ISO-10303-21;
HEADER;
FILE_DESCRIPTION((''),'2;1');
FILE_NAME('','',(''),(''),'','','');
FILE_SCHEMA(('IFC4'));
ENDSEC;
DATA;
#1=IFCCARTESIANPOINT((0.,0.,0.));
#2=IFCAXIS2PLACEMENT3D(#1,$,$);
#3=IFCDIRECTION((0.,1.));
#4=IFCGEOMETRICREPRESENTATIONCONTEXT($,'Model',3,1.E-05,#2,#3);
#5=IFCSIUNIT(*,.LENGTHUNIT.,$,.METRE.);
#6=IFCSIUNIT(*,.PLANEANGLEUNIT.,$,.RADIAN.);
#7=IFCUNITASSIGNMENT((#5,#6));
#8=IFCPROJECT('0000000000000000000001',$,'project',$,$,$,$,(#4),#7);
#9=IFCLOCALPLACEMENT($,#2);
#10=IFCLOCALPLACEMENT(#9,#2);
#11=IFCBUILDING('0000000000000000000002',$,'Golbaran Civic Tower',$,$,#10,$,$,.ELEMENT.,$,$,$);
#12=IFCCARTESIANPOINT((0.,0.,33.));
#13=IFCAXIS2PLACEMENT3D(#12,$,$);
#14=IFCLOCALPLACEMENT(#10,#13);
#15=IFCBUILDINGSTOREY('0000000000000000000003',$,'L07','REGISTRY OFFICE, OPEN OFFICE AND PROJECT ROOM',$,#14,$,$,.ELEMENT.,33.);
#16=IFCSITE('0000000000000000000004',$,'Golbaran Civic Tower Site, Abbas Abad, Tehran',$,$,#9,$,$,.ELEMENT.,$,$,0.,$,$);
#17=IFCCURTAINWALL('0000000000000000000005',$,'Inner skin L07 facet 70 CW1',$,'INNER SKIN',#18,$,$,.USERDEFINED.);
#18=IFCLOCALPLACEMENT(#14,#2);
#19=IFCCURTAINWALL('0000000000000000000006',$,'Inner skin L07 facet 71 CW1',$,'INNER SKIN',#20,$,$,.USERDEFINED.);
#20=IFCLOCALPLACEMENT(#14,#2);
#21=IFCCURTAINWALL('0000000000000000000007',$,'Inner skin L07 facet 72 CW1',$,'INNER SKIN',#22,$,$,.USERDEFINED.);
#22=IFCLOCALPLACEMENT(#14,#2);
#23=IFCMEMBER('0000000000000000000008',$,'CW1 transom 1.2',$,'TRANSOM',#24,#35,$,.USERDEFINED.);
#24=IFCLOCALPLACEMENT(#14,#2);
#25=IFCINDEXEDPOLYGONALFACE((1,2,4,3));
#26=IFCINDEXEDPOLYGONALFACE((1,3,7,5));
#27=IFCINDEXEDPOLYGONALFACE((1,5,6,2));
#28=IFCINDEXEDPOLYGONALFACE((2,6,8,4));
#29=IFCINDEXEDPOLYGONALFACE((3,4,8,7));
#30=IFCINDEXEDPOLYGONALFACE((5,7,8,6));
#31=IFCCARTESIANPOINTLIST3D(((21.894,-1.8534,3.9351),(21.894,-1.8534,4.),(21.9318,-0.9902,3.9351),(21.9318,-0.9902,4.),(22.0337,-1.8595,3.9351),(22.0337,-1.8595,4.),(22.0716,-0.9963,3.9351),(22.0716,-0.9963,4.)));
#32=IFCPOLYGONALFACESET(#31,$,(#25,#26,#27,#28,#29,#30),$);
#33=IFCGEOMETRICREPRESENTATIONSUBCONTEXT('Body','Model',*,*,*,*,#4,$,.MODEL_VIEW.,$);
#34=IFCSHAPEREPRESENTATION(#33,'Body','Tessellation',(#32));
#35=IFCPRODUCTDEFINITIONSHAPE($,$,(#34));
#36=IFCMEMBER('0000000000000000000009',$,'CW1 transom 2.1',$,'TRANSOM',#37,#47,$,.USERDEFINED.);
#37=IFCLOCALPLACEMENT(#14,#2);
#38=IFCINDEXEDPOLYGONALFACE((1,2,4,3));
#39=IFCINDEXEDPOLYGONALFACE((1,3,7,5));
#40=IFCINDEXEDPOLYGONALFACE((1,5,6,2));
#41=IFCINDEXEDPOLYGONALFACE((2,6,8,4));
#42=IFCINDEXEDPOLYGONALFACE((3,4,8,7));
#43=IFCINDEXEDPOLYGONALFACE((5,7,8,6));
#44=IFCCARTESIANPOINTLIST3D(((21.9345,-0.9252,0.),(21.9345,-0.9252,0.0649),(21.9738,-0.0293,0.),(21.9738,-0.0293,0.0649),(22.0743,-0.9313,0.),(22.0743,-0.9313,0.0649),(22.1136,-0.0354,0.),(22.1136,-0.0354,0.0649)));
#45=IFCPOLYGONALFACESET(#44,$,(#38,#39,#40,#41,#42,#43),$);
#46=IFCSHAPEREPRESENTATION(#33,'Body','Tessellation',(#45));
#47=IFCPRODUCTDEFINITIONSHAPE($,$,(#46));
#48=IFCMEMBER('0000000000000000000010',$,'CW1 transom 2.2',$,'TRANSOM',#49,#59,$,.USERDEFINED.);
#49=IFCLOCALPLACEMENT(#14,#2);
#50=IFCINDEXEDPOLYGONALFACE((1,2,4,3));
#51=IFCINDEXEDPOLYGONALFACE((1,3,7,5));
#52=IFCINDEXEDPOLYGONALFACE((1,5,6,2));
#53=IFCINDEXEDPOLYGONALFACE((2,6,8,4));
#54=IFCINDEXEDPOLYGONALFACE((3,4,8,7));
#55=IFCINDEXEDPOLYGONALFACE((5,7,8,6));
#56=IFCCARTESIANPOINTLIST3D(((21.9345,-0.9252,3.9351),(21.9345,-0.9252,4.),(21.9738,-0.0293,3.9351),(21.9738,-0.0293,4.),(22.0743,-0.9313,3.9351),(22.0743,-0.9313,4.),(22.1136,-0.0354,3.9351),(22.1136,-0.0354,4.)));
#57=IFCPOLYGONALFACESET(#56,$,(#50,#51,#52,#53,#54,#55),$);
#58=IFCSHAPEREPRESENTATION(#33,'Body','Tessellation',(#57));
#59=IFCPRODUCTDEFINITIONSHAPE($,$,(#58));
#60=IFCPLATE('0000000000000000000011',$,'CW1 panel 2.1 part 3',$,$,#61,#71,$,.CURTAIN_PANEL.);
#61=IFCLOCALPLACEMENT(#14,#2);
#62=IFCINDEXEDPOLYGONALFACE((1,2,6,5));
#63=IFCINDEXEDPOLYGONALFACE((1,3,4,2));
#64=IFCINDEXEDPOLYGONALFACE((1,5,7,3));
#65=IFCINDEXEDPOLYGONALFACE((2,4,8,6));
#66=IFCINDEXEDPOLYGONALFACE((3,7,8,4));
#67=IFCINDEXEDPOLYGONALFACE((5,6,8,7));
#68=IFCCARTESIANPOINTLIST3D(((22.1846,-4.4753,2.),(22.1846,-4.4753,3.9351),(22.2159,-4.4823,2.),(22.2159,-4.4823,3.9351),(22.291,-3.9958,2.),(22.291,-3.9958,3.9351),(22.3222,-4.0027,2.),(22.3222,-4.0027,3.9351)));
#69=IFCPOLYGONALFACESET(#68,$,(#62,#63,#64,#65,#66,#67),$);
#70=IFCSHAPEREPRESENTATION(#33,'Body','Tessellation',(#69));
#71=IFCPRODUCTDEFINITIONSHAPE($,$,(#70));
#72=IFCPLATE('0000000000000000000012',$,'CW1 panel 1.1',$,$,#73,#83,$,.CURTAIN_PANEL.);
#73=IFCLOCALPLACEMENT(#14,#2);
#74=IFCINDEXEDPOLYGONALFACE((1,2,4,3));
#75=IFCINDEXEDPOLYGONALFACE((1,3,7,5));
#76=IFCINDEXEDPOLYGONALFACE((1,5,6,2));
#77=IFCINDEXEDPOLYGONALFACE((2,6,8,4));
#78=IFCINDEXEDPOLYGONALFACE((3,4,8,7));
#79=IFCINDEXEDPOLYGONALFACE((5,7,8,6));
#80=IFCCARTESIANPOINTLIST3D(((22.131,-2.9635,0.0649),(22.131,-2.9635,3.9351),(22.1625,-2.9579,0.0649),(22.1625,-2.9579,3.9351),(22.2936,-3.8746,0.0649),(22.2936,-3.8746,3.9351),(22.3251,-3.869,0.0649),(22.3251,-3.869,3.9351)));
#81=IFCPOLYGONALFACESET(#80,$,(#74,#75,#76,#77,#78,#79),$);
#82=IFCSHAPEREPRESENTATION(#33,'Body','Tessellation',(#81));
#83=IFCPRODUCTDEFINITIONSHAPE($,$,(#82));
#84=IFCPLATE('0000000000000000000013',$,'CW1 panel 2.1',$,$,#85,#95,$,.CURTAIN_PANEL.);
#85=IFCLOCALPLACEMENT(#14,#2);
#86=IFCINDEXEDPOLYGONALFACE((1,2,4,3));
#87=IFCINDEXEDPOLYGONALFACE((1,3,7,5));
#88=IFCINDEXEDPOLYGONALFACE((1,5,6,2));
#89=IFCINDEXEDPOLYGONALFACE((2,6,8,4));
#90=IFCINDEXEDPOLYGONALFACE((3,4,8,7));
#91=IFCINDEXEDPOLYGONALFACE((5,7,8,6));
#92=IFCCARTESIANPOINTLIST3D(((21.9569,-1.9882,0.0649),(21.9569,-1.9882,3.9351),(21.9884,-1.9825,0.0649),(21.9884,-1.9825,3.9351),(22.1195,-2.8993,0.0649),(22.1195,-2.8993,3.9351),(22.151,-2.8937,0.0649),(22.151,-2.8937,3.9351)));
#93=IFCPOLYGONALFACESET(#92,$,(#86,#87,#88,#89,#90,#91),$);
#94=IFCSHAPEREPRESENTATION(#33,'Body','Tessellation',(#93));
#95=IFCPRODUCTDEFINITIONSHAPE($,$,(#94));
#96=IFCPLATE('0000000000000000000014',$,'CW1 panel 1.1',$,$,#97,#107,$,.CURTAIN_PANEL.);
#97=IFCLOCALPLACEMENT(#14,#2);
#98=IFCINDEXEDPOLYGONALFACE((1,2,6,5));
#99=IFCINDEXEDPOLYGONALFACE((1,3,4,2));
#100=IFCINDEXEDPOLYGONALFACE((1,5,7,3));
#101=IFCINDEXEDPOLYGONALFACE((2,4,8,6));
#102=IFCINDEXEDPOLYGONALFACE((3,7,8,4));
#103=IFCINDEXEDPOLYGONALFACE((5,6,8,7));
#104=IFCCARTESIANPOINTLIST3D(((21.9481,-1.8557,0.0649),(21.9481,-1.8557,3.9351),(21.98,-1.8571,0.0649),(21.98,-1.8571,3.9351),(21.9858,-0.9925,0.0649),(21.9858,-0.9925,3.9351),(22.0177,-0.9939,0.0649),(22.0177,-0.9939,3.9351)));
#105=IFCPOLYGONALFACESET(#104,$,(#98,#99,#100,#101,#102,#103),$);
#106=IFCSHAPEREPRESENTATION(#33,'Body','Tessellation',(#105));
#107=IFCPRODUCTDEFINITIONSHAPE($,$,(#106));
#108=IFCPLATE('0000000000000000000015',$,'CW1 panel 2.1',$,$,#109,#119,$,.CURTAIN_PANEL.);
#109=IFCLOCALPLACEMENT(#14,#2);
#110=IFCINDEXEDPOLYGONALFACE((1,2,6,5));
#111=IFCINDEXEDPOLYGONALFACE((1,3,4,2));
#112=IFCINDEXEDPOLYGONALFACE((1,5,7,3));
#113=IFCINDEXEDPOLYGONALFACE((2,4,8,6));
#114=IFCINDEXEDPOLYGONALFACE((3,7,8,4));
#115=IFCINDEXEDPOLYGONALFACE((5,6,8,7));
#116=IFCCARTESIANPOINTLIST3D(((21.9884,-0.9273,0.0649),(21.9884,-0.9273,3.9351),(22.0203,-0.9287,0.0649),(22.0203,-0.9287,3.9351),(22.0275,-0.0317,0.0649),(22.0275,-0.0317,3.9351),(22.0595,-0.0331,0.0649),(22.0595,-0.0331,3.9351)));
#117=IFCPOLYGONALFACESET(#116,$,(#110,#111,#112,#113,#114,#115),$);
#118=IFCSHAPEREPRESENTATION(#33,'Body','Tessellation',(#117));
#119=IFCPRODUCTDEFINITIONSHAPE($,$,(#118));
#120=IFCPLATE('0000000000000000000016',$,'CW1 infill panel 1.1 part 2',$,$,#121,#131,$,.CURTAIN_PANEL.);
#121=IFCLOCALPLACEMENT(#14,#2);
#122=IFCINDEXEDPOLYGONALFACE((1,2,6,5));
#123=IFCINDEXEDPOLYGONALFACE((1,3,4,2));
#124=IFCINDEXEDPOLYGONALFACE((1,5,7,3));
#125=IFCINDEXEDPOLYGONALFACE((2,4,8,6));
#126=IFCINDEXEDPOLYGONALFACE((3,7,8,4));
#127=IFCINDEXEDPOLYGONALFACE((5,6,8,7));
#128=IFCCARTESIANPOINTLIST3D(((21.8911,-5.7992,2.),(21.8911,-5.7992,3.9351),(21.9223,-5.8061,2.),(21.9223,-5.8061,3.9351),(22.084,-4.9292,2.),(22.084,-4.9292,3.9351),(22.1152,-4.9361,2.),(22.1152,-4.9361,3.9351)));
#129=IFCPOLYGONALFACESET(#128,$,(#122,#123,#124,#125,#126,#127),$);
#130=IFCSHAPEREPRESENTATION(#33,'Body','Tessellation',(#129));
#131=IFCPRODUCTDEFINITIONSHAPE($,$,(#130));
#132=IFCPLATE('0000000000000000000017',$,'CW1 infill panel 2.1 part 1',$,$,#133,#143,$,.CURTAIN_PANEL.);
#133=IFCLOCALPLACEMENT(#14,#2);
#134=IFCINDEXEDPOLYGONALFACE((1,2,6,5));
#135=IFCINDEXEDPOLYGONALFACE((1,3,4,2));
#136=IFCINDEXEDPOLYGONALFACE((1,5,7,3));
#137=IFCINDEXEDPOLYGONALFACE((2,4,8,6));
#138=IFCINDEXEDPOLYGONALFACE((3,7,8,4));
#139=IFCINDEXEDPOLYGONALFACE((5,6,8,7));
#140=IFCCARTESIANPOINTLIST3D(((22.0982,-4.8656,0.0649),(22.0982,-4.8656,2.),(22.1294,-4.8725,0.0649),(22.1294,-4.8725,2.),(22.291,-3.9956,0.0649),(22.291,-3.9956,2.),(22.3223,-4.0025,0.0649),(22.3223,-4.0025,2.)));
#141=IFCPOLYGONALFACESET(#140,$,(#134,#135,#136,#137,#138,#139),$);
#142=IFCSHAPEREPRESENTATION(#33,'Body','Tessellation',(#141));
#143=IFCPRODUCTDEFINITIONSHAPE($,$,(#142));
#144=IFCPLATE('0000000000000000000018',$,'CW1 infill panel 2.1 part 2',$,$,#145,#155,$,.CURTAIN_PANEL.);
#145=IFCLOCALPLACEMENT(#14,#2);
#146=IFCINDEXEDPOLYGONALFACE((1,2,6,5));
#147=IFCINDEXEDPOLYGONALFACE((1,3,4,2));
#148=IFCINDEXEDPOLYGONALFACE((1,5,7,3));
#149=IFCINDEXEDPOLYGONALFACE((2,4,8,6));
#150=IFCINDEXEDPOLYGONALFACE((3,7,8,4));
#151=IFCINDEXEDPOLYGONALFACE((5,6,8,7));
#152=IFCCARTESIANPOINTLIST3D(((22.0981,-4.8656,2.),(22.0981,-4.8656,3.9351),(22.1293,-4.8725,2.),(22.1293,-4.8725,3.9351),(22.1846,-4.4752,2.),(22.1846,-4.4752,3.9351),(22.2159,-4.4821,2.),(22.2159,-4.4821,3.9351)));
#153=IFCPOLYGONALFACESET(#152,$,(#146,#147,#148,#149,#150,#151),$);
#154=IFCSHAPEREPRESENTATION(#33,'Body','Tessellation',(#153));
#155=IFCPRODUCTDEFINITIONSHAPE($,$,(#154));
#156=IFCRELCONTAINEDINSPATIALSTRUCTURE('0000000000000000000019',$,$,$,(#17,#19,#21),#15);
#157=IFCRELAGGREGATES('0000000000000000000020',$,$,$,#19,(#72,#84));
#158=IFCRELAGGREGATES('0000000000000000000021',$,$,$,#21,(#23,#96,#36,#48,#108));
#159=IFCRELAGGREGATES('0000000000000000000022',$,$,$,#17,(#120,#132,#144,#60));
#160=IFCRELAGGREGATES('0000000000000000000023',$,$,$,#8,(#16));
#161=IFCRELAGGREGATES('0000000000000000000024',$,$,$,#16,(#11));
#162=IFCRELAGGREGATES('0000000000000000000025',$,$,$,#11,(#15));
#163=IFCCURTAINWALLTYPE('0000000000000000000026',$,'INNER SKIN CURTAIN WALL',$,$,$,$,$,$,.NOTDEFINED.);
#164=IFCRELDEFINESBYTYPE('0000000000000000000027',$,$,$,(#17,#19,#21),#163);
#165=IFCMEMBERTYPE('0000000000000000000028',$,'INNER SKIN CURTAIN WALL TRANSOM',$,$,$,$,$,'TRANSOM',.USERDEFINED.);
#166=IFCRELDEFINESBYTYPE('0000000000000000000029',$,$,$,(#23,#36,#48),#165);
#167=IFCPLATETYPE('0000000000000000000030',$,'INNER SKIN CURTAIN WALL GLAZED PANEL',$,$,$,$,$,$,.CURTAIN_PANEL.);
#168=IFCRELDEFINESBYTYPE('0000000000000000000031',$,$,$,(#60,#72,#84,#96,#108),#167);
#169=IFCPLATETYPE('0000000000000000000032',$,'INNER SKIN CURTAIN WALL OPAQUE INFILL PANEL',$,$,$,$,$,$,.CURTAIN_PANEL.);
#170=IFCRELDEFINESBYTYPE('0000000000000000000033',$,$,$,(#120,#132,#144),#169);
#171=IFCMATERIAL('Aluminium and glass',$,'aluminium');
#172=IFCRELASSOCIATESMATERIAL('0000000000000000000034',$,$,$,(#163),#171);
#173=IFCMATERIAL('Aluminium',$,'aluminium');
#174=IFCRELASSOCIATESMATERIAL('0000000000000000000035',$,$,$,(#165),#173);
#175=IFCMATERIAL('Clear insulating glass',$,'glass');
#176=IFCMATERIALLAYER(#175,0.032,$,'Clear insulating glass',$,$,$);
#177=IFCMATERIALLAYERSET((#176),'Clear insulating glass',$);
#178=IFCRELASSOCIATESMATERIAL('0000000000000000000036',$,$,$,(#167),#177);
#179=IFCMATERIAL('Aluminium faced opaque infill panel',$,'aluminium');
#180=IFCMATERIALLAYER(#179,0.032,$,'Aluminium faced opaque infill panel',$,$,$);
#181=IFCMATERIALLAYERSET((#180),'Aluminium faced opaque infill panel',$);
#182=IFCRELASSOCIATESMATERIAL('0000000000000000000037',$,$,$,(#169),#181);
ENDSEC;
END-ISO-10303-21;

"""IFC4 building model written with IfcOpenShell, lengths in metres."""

from ifc_helpers import new_model, si_unit, direction, frame, origin, origin_2d, place, context, subcontext, project, spatial, rectangle, extrude, material, layer, layer_set, material_profile, profile_set, type_object, element, aggregate, save


model = new_model("IFC4")

# Units and contexts
model_context = context("Model", 3, precision=1e-05, world=origin(), true_north=direction((0.0, 1.0)))
body_context = subcontext(model_context, "Body", "Model", "MODEL_VIEW")
ifc_project = project(units=[si_unit("LENGTHUNIT", "METRE"), si_unit("PLANEANGLEUNIT", "RADIAN")], contexts=[model_context])

# Site, building, storey
site_placement = place(None, origin())
site = spatial("IfcSite", under=ifc_project, at=site_placement, Name="Golbaran Civic Tower Site, Abbas Abad, Tehran", CompositionType="ELEMENT", RefElevation=0.0)
building_placement = place(site_placement, origin())
building = spatial("IfcBuilding", under=site, at=building_placement, Name="Golbaran Civic Tower", CompositionType="ELEMENT")
storey_placement = place(building_placement, frame((0.0, 0.0, 33.0)))
storey = spatial("IfcBuildingStorey", under=building, at=storey_placement, Name="L07", Description="REGISTRY OFFICE, OPEN OFFICE AND PROJECT ROOM", CompositionType="ELEMENT", Elevation=33.0)

# Curtain walls
ifc_material_1 = material(Name="Aluminium and glass", Category="aluminium")
curtain_wall_type = type_object("IfcCurtainWallType", Name="INNER SKIN CURTAIN WALL", PredefinedType="NOTDEFINED", material=ifc_material_1)
curtain_wall_1_placement = place(storey_placement, origin())
curtain_wall_1 = element("IfcCurtainWall", 1, at=curtain_wall_1_placement, inside=storey, type_object=curtain_wall_type, Name="Inner skin L07 facet 70 CW1", ObjectType="INNER SKIN", PredefinedType="USERDEFINED")
ifc_material_2 = material(Name="Aluminium", Category="aluminium")
curtain_wall_2_placement = place(storey_placement, origin())
curtain_wall_2 = element("IfcCurtainWall", 2, at=curtain_wall_2_placement, inside=storey, type_object=curtain_wall_type, Name="Inner skin L07 facet 71 CW1", ObjectType="INNER SKIN", PredefinedType="USERDEFINED")
curtain_wall_3_placement = place(storey_placement, origin())
curtain_wall_3 = element("IfcCurtainWall", 3, at=curtain_wall_3_placement, inside=storey, type_object=curtain_wall_type, Name="Inner skin L07 facet 72 CW1", ObjectType="INNER SKIN", PredefinedType="USERDEFINED")

# Members
ifc_material_profile_1 = material_profile(ifc_material_2, rectangle(XDim=0.1399, YDim=0.0649, at=origin_2d()), Name="INNER SKIN CURTAIN WALL TRANSOM")
ifc_profile_set_1 = profile_set([ifc_material_profile_1], Name="Aluminium")
member_type_1 = type_object("IfcMemberType", Name="INNER SKIN CURTAIN WALL TRANSOM", ElementType="TRANSOM", PredefinedType="USERDEFINED", material=ifc_profile_set_1)
member_1_placement = place(storey_placement, frame((21.9639, -1.8564, 3.9675), z_axis=(0.043793, 0.999041, 0.0), x_axis=(-0.999041, 0.043793, 0.0)))
member_1 = element("IfcMember", 4, at=member_1_placement, type_object=member_type_1, Name="CW1 transom 1.2", ObjectType="TRANSOM", PredefinedType="USERDEFINED", context=body_context, shape_type="SweptSolid", body=[
    extrude(rectangle(XDim=0.1399, YDim=0.0649, at=origin_2d()), origin(), (0.0, 0.0, 1.0), 0.864),
])
member_2_placement = place(storey_placement, frame((22.0044, -0.9282, 0.0325), z_axis=(0.043839, 0.999039, 0.0), x_axis=(-0.999039, 0.043839, 0.0)))
member_2 = element("IfcMember", 5, at=member_2_placement, type_object=member_type_1, Name="CW1 transom 2.1", ObjectType="TRANSOM", PredefinedType="USERDEFINED", context=body_context, shape_type="SweptSolid", body=[
    extrude(rectangle(XDim=0.1399, YDim=0.0649, at=origin_2d()), origin(), (0.0, 0.0, 1.0), 0.8967),
])
member_3_placement = place(storey_placement, frame((22.0044, -0.9282, 3.9675), z_axis=(0.043839, 0.999039, 0.0), x_axis=(-0.999039, 0.043839, 0.0)))
member_3 = element("IfcMember", 6, at=member_3_placement, type_object=member_type_1, Name="CW1 transom 2.2", ObjectType="TRANSOM", PredefinedType="USERDEFINED", context=body_context, shape_type="SweptSolid", body=[
    extrude(rectangle(XDim=0.1399, YDim=0.0649, at=origin_2d()), origin(), (0.0, 0.0, 1.0), 0.8967),
])

# Plates
ifc_material_3 = material(Name="Clear insulating glass", Category="glass")
ifc_layer_1 = layer(ifc_material_3, 0.032, Name="Clear insulating glass")
ifc_layer_set_1 = layer_set([ifc_layer_1], Name="Clear insulating glass")
plate_type_1 = type_object("IfcPlateType", Name="INNER SKIN CURTAIN WALL GLAZED PANEL", PredefinedType="CURTAIN_PANEL", material=ifc_layer_set_1)
plate_1_placement = place(storey_placement, frame((22.2534, -4.239, 2.0), z_axis=(0.0, 0.0, 1.0), x_axis=(0.21644, 0.976296, 0.0)))
plate_1 = element("IfcPlate", 7, at=plate_1_placement, type_object=plate_type_1, Name="CW1 panel 2.1 part 3", PredefinedType="CURTAIN_PANEL", context=body_context, shape_type="SweptSolid", body=[
    extrude(rectangle(XDim=0.4912, YDim=0.032, at=origin_2d()), origin(), (0.0, 0.0, 1.0), 1.9351),
])
plate_2_placement = place(storey_placement, frame((22.228, -3.4163, 0.0649), z_axis=(0.0, 0.0, 1.0), x_axis=(-0.175717, 0.984441, 0.0)))
plate_2 = element("IfcPlate", 8, at=plate_2_placement, type_object=plate_type_1, Name="CW1 panel 1.1", PredefinedType="CURTAIN_PANEL", context=body_context, shape_type="SweptSolid", body=[
    extrude(rectangle(XDim=0.9255, YDim=0.032, at=origin_2d()), origin(), (0.0, 0.0, 1.0), 3.8701),
])
plate_3_placement = place(storey_placement, frame((22.054, -2.4409, 0.0649), z_axis=(0.0, 0.0, 1.0), x_axis=(-0.175717, 0.984441, 0.0)))
plate_3 = element("IfcPlate", 9, at=plate_3_placement, type_object=plate_type_1, Name="CW1 panel 2.1", PredefinedType="CURTAIN_PANEL", context=body_context, shape_type="SweptSolid", body=[
    extrude(rectangle(XDim=0.9255, YDim=0.032, at=origin_2d()), origin(), (0.0, 0.0, 1.0), 3.8701),
])
aggregate(curtain_wall_2, [plate_2, plate_3])
plate_4_placement = place(storey_placement, frame((21.9829, -1.4248, 0.0649), z_axis=(0.0, 0.0, 1.0), x_axis=(0.043619, 0.999048, 0.0)))
plate_4 = element("IfcPlate", 10, at=plate_4_placement, type_object=plate_type_1, Name="CW1 panel 1.1", PredefinedType="CURTAIN_PANEL", context=body_context, shape_type="SweptSolid", body=[
    extrude(rectangle(XDim=0.864, YDim=0.032, at=origin_2d()), origin(), (0.0, 0.0, 1.0), 3.8701),
])
plate_5_placement = place(storey_placement, frame((22.0239, -0.4802, 0.0649), z_axis=(0.0, 0.0, 1.0), x_axis=(0.043619, 0.999048, 0.0)))
plate_5 = element("IfcPlate", 11, at=plate_5_placement, type_object=plate_type_1, Name="CW1 panel 2.1", PredefinedType="CURTAIN_PANEL", context=body_context, shape_type="SweptSolid", body=[
    extrude(rectangle(XDim=0.8965, YDim=0.032, at=origin_2d()), origin(), (0.0, 0.0, 1.0), 3.8701),
])
aggregate(curtain_wall_3, [member_1, plate_4, member_2, member_3, plate_5])
ifc_material_4 = material(Name="Aluminium faced opaque infill panel", Category="aluminium")
ifc_layer_2 = layer(ifc_material_4, 0.032, Name="Aluminium faced opaque infill panel")
ifc_layer_set_2 = layer_set([ifc_layer_2], Name="Aluminium faced opaque infill panel")
plate_type_2 = type_object("IfcPlateType", Name="INNER SKIN CURTAIN WALL OPAQUE INFILL PANEL", PredefinedType="CURTAIN_PANEL", material=ifc_layer_set_2)
plate_6_placement = place(storey_placement, frame((22.0032, -5.3677, 2.0), z_axis=(0.0, 0.0, 1.0), x_axis=(0.21644, 0.976296, 0.0)))
plate_6 = element("IfcPlate", 12, at=plate_6_placement, type_object=plate_type_2, Name="CW1 infill panel 1.1 part 2", PredefinedType="CURTAIN_PANEL", context=body_context, shape_type="SweptSolid", body=[
    extrude(rectangle(XDim=0.8911, YDim=0.032, at=origin_2d()), origin(), (0.0, 0.0, 1.0), 1.9351),
])
plate_7_placement = place(storey_placement, frame((22.2102, -4.4341, 0.0649), z_axis=(0.0, 0.0, 1.0), x_axis=(0.21644, 0.976296, 0.0)))
plate_7 = element("IfcPlate", 13, at=plate_7_placement, type_object=plate_type_2, Name="CW1 infill panel 2.1 part 1", PredefinedType="CURTAIN_PANEL", context=body_context, shape_type="SweptSolid", body=[
    extrude(rectangle(XDim=0.8911, YDim=0.032, at=origin_2d()), origin(), (0.0, 0.0, 1.0), 1.9351),
])
plate_8_placement = place(storey_placement, frame((22.157, -4.6738, 2.0), z_axis=(0.0, 0.0, 1.0), x_axis=(0.21644, 0.976296, 0.0)))
plate_8 = element("IfcPlate", 14, at=plate_8_placement, type_object=plate_type_2, Name="CW1 infill panel 2.1 part 2", PredefinedType="CURTAIN_PANEL", context=body_context, shape_type="SweptSolid", body=[
    extrude(rectangle(XDim=0.3999, YDim=0.032, at=origin_2d()), origin(), (0.0, 0.0, 1.0), 1.9351),
])
aggregate(curtain_wall_1, [plate_6, plate_7, plate_8, plate_1])

save(model, "model.ifc")
